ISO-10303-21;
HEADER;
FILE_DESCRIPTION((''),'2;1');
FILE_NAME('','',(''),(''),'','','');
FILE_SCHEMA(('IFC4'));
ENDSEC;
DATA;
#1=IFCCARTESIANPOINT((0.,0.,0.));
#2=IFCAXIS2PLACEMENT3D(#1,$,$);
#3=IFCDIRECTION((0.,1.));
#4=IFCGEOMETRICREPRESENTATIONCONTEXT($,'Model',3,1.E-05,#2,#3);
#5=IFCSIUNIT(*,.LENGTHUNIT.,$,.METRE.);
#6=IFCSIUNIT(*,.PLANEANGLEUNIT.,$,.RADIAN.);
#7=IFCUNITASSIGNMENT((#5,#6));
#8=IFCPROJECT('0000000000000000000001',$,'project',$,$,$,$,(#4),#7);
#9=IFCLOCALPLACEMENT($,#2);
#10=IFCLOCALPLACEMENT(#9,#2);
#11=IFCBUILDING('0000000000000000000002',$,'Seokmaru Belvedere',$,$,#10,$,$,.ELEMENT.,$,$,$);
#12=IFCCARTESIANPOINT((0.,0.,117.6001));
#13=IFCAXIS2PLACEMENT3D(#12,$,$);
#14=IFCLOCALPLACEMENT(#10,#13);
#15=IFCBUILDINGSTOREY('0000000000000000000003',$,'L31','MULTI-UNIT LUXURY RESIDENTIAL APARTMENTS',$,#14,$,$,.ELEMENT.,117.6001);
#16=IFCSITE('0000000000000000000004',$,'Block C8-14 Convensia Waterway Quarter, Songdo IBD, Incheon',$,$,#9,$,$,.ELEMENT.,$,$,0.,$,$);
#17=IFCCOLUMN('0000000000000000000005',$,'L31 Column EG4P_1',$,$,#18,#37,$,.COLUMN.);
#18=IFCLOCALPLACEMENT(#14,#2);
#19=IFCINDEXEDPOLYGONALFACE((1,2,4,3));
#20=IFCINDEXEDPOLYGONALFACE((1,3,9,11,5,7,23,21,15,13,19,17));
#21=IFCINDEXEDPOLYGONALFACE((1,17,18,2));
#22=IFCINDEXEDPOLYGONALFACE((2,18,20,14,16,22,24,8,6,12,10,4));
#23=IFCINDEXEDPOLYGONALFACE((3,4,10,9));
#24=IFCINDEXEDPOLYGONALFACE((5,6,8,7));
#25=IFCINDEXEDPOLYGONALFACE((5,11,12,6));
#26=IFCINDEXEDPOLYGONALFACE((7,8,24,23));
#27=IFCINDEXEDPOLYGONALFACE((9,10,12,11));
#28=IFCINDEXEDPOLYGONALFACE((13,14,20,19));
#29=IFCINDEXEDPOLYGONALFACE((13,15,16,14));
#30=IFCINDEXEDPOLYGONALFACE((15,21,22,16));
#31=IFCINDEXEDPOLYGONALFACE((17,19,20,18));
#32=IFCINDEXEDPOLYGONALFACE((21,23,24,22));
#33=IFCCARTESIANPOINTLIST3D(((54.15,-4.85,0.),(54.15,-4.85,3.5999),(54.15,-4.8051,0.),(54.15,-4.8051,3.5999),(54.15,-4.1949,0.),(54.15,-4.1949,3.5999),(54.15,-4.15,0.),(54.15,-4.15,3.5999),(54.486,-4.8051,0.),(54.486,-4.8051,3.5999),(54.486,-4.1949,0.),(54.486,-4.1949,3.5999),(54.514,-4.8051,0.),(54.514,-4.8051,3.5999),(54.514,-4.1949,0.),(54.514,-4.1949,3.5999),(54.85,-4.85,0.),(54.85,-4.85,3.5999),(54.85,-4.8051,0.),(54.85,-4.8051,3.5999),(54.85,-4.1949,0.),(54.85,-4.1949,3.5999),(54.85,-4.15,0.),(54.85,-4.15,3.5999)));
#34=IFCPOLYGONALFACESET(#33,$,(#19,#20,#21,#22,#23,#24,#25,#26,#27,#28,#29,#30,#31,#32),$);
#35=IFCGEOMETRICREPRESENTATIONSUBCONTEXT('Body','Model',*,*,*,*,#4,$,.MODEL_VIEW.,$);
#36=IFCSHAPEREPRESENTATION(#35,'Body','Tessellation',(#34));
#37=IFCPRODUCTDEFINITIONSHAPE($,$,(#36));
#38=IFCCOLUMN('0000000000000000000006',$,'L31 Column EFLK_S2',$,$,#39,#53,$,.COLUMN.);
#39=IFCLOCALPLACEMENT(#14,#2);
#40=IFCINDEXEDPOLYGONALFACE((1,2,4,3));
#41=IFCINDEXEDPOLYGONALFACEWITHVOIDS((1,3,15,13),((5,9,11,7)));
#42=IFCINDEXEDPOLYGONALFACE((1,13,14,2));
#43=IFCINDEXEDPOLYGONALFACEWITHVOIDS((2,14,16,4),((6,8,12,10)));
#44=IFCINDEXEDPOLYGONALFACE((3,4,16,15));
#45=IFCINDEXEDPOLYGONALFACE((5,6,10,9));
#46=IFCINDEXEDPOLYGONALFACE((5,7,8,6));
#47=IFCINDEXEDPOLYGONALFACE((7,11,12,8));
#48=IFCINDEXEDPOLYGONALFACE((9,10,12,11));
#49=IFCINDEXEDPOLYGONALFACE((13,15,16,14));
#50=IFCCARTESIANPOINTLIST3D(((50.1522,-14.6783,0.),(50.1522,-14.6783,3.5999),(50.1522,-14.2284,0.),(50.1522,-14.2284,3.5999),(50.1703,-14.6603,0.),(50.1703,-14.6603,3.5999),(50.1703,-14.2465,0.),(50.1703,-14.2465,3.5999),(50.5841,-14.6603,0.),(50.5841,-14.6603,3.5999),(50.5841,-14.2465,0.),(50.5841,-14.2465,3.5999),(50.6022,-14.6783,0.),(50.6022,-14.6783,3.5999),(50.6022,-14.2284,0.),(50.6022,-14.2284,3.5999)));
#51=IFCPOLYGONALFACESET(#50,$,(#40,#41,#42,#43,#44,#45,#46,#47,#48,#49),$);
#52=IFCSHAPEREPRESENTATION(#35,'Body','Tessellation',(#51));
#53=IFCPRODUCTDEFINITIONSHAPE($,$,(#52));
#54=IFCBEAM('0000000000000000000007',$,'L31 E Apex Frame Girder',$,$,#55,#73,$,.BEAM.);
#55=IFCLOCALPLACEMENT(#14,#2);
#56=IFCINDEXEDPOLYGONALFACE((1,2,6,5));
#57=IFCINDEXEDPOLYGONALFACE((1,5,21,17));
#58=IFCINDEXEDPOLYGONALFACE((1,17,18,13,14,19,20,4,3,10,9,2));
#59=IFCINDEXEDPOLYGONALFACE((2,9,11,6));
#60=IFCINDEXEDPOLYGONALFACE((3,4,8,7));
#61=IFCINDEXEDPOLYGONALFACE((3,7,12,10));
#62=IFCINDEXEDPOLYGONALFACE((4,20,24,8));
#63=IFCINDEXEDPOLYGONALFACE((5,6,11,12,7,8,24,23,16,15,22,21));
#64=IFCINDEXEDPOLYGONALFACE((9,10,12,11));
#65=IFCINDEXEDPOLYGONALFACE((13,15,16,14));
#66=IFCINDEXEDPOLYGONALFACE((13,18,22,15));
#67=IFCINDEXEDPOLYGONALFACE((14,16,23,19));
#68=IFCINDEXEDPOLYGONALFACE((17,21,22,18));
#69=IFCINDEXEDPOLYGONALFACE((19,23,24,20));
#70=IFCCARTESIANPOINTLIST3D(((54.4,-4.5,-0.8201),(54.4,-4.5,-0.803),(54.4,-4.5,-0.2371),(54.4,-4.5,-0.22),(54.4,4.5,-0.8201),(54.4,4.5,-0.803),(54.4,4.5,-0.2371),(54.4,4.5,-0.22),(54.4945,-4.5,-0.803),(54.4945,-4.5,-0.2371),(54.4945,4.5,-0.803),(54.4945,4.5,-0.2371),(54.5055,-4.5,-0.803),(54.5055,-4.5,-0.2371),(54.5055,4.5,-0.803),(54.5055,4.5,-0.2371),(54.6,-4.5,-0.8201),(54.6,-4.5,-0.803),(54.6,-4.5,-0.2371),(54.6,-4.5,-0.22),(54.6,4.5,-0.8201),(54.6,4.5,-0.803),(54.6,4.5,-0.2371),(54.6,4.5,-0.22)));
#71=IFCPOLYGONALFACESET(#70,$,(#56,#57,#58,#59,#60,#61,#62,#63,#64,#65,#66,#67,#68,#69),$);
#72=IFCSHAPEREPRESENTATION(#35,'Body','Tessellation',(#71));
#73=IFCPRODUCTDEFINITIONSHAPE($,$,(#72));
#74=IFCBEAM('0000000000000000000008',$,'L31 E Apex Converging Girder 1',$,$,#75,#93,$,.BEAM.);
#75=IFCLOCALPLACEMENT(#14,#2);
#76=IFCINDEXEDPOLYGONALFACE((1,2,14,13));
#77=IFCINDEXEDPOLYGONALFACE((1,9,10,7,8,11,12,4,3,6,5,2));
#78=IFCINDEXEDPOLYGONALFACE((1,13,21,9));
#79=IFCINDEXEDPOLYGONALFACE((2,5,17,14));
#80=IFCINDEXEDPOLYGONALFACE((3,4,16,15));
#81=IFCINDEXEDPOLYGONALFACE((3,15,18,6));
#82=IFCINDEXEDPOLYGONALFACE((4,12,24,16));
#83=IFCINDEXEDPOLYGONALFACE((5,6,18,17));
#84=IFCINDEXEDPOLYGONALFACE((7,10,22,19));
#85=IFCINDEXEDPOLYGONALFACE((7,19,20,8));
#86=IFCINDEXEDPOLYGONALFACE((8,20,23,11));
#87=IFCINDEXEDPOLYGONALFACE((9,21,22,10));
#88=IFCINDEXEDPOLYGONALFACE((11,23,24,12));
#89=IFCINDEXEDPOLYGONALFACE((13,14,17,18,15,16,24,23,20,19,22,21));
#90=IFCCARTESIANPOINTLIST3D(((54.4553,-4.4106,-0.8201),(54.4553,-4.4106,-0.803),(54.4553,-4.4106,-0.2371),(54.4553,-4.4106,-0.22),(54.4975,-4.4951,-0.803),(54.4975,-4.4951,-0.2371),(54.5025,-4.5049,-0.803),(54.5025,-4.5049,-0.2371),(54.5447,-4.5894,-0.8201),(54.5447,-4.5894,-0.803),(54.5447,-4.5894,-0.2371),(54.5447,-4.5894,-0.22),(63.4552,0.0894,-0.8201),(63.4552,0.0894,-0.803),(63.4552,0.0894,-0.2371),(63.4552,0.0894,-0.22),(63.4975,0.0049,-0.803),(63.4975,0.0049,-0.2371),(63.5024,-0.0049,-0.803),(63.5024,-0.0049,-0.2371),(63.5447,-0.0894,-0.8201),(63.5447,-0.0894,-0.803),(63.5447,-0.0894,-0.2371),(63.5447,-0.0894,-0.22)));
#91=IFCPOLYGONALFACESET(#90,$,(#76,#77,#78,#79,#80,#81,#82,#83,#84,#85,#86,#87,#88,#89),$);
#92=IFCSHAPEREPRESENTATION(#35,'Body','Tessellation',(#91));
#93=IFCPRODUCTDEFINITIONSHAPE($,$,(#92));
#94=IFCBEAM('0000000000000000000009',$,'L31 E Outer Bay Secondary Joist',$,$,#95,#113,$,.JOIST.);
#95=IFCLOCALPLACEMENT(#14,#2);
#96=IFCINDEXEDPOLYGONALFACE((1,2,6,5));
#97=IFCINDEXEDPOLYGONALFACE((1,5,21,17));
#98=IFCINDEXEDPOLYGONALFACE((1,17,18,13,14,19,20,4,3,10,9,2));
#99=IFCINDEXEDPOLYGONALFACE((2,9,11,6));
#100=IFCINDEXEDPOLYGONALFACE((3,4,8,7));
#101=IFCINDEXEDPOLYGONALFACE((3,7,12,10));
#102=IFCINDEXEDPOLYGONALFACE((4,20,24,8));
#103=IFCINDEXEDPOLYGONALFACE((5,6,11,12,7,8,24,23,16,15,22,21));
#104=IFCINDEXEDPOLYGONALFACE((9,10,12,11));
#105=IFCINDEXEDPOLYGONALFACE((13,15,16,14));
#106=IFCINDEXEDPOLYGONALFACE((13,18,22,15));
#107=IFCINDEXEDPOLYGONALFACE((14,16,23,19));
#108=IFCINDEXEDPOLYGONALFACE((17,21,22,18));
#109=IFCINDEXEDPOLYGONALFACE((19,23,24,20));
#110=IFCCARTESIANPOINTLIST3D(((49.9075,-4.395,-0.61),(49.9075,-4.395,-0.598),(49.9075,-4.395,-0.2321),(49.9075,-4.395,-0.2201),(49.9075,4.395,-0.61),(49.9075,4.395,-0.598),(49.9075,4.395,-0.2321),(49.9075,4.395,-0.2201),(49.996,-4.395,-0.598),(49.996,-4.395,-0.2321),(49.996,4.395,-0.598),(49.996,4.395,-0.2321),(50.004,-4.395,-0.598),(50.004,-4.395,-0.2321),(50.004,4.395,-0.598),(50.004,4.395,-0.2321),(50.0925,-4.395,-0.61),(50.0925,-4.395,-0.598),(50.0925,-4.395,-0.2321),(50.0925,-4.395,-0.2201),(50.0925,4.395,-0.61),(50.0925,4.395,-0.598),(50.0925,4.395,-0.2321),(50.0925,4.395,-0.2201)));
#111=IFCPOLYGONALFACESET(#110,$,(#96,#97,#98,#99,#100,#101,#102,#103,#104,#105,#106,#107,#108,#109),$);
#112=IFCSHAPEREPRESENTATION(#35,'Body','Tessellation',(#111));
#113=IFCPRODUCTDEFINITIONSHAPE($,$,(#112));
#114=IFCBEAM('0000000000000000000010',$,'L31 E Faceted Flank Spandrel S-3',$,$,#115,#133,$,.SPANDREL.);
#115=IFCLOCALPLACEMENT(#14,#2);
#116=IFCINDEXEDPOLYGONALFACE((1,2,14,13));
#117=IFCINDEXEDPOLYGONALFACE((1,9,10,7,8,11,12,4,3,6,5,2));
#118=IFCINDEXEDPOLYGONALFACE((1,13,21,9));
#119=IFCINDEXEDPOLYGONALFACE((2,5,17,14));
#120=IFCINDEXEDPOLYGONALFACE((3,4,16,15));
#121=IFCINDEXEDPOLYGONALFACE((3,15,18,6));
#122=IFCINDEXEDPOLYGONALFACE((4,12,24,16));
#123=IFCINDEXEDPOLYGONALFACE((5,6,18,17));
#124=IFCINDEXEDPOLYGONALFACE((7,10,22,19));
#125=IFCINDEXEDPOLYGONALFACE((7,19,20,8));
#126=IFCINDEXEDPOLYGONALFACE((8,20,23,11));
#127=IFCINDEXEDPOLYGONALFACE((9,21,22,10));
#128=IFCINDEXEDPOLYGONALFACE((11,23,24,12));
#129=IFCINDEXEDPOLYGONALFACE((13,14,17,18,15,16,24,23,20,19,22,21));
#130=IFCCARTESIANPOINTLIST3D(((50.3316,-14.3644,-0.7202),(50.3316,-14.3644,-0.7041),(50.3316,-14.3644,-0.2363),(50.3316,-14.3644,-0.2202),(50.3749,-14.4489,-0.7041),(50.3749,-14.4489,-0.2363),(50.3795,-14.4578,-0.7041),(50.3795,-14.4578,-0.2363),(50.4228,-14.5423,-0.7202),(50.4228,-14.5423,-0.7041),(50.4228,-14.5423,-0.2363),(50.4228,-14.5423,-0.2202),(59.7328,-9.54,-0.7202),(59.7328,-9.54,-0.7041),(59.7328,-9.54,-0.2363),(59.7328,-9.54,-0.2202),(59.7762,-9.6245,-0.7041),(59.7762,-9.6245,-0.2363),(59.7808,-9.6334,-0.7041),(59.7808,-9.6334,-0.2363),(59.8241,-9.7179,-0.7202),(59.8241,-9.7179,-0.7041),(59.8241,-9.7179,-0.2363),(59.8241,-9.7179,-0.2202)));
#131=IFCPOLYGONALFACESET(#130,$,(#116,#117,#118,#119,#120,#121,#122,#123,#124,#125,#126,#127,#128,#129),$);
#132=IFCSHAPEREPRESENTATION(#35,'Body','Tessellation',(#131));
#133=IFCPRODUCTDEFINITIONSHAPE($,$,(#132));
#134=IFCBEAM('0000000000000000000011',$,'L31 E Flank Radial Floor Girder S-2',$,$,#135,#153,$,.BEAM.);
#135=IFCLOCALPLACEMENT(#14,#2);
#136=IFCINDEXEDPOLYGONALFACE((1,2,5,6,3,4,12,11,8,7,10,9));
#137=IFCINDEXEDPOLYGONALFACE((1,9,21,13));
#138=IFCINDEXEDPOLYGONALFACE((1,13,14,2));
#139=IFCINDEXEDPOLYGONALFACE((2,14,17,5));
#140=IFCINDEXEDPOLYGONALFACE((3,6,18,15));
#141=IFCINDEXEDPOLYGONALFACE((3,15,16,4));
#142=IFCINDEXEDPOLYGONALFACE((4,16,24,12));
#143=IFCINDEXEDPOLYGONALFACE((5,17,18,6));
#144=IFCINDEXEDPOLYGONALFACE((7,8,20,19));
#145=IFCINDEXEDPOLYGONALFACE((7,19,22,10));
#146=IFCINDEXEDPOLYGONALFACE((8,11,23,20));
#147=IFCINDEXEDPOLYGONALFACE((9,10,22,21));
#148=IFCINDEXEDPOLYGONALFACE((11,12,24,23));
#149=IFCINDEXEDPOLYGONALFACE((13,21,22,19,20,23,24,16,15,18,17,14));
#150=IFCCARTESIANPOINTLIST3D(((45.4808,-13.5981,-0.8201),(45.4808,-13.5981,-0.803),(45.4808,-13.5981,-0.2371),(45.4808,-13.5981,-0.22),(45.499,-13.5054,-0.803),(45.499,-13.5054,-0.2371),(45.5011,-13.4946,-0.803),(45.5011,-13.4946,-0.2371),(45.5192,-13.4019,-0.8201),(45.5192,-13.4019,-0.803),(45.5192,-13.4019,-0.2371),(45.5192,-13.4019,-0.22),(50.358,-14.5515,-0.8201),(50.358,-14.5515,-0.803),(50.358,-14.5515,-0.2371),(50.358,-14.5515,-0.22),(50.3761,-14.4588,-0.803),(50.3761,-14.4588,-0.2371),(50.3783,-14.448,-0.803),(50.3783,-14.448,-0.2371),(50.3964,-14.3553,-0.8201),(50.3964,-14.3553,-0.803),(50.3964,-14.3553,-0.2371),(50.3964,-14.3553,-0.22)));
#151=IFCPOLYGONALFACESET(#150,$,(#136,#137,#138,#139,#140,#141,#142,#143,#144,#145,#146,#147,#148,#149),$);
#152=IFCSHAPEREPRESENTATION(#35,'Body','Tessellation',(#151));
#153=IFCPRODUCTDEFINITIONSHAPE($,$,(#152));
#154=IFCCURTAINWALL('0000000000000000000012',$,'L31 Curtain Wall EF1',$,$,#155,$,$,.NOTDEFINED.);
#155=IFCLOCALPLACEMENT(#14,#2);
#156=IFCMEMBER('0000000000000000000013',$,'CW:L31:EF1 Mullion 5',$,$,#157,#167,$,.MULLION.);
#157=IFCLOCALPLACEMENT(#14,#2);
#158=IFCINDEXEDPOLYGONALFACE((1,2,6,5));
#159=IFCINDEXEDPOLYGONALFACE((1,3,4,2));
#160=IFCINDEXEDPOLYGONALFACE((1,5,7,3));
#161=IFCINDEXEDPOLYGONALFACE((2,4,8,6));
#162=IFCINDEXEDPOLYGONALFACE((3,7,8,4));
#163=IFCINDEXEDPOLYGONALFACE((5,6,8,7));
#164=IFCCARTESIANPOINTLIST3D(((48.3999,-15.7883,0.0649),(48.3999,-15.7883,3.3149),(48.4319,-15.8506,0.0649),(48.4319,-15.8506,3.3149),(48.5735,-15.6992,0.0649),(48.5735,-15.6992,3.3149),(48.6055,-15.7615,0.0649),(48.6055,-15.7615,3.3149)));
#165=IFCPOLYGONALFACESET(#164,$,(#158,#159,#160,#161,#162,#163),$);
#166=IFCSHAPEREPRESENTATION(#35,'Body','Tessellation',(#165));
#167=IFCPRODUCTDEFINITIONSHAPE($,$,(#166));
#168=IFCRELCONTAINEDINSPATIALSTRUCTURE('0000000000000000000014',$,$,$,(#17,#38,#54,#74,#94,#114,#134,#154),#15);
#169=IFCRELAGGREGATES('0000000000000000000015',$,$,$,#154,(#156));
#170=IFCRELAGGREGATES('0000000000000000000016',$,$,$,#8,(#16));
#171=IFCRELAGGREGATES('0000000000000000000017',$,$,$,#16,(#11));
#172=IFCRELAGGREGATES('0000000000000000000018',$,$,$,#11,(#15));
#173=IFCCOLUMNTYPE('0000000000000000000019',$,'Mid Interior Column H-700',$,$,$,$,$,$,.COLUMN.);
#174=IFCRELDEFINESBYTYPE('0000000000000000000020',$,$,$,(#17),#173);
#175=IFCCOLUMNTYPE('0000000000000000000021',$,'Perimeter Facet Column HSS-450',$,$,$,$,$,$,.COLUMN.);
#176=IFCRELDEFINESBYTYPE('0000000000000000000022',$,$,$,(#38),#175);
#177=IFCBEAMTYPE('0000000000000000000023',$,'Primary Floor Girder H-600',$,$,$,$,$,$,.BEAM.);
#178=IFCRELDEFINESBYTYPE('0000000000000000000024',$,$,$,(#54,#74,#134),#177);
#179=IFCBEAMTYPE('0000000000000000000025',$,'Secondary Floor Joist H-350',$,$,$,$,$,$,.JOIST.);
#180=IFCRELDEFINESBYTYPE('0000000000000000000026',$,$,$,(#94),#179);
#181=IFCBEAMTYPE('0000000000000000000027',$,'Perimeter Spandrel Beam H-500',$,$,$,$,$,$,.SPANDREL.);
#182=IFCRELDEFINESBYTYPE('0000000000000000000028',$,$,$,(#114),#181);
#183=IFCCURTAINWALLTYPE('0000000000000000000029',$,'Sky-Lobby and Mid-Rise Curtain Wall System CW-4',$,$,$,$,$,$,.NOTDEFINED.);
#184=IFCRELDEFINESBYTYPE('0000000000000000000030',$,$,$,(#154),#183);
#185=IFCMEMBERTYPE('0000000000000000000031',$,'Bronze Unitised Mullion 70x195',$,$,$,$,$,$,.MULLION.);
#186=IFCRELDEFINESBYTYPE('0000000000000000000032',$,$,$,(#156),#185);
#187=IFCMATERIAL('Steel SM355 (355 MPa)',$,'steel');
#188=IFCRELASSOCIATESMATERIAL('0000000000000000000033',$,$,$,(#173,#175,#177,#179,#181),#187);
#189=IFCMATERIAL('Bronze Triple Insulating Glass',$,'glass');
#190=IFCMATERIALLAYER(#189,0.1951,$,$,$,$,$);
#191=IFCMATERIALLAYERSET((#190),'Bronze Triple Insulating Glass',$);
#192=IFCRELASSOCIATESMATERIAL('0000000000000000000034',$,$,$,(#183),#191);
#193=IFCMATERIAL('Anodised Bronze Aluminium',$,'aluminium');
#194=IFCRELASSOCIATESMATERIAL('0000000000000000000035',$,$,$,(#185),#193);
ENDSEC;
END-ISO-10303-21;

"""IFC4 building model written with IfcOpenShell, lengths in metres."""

from ifc_helpers import new_model, si_unit, direction, frame, origin, origin_2d, place, context, subcontext, project, spatial, rectangle, hollow_rectangle, i_section, extrude, source, transform, mapped, material, layer, layer_set, material_profile, profile_set, type_object, type_shapes, element, aggregate, save


model = new_model("IFC4")

# Units and contexts
model_context = context("Model", 3, precision=1e-05, world=origin(), true_north=direction((0.0, 1.0)))
body_context = subcontext(model_context, "Body", "Model", "MODEL_VIEW")
ifc_project = project(units=[si_unit("LENGTHUNIT", "METRE"), si_unit("PLANEANGLEUNIT", "RADIAN")], contexts=[model_context])

# Site, building, storey
site_placement = place(None, origin())
site = spatial("IfcSite", under=ifc_project, at=site_placement, Name="Block C8-14 Convensia Waterway Quarter, Songdo IBD, Incheon", CompositionType="ELEMENT", RefElevation=0.0)
building_placement = place(site_placement, origin())
building = spatial("IfcBuilding", under=site, at=building_placement, Name="Seokmaru Belvedere", CompositionType="ELEMENT")
storey_placement = place(building_placement, frame((0.0, 0.0, 117.6001)))
storey = spatial("IfcBuildingStorey", under=building, at=storey_placement, Name="L31", Description="MULTI-UNIT LUXURY RESIDENTIAL APARTMENTS", CompositionType="ELEMENT", Elevation=117.6001)

# Columns
ifc_material_1 = material(Name="Steel SM355 (355 MPa)", Category="steel")
ifc_material_profile_1 = material_profile(ifc_material_1, i_section(OverallWidth=0.7, OverallDepth=0.7, WebThickness=0.0281, FlangeThickness=0.0449, at=origin_2d()), Name="H-700x700x28x45")
ifc_profile_set_1 = profile_set([ifc_material_profile_1], Name="Steel SM355 (355 MPa)")
column_type_1 = type_object("IfcColumnType", Name="Mid Interior Column H-700", PredefinedType="COLUMN", material=ifc_profile_set_1)
shared_shape_1 = source(origin(), body_context, "Body", "SweptSolid", [
    extrude(i_section(OverallWidth=0.7, OverallDepth=0.7, WebThickness=0.0281, FlangeThickness=0.0449, at=origin_2d()), origin(), (0.0, 0.0, 1.0), 3.5999),
])
type_shapes(column_type_1, [shared_shape_1])
column_1_placement = place(storey_placement, frame((54.5, -4.5, 0.0), z_axis=(0.0, 0.0, 1.0), x_axis=(1.0, 0.0, 0.0)))
element("IfcColumn", 1, at=column_1_placement, inside=storey, type_object=column_type_1, Name="L31 Column EG4P_1", PredefinedType="COLUMN", context=body_context, shape_type="MappedRepresentation", body=[
    mapped(shared_shape_1, transform((0.0, 0.0, 0.0), scale=1.0)),
])
ifc_material_profile_2 = material_profile(ifc_material_1, hollow_rectangle(XDim=0.45, YDim=0.45, WallThickness=0.0181, at=origin_2d()), Name="HSS-450x450x18")
ifc_profile_set_2 = profile_set([ifc_material_profile_2], Name="Steel SM355 (355 MPa)")
column_type_2 = type_object("IfcColumnType", Name="Perimeter Facet Column HSS-450", PredefinedType="COLUMN", material=ifc_profile_set_2)
shared_shape_2 = source(origin(), body_context, "Body", "SweptSolid", [
    extrude(hollow_rectangle(XDim=0.45, YDim=0.45, WallThickness=0.0181, at=origin_2d()), origin(), (0.0, 0.0, 1.0), 3.5999),
])
type_shapes(column_type_2, [shared_shape_2])
column_2_placement = place(storey_placement, frame((50.3772, -14.4534, 0.0), z_axis=(0.0, 0.0, 1.0), x_axis=(1.0, 0.0, 0.0)))
element("IfcColumn", 2, at=column_2_placement, inside=storey, type_object=column_type_2, Name="L31 Column EFLK_S2", PredefinedType="COLUMN", context=body_context, shape_type="MappedRepresentation", body=[
    mapped(shared_shape_2, transform((0.0, 0.0, 0.0), scale=1.0)),
])

# Beams
ifc_material_profile_3 = material_profile(ifc_material_1, i_section(OverallWidth=0.2, OverallDepth=0.6001, WebThickness=0.011, FlangeThickness=0.0171, at=origin_2d()), Name="H-600x200x11x17")
ifc_profile_set_3 = profile_set([ifc_material_profile_3], Name="Steel SM355 (355 MPa)")
beam_type_1 = type_object("IfcBeamType", Name="Primary Floor Girder H-600", PredefinedType="BEAM", material=ifc_profile_set_3)
shared_shape_3 = source(origin(), body_context, "Body", "SweptSolid", [
    extrude(i_section(OverallWidth=0.2, OverallDepth=0.6001, WebThickness=0.011, FlangeThickness=0.0171, at=origin_2d()), origin(), (0.0, 0.0, 1.0), 9.0),
])
beam_1_placement = place(storey_placement, frame((54.5, -4.5, -0.52), z_axis=(0.0, 1.0, 0.0), x_axis=(-1.0, 0.0, 0.0)))
element("IfcBeam", 3, at=beam_1_placement, inside=storey, type_object=beam_type_1, Name="L31 E Apex Frame Girder", PredefinedType="BEAM", context=body_context, shape_type="MappedRepresentation", body=[
    mapped(shared_shape_3, transform((0.0, 0.0, 0.0), scale=1.0)),
])
shared_shape_4 = source(origin(), body_context, "Body", "SweptSolid", [
    extrude(i_section(OverallWidth=0.2, OverallDepth=0.6001, WebThickness=0.011, FlangeThickness=0.0171, at=origin_2d()), origin(), (0.0, 0.0, 1.0), 10.0623),
])
beam_2_placement = place(storey_placement, frame((54.5, -4.5, -0.52), z_axis=(0.894427, 0.447214, 0.0), x_axis=(-0.447214, 0.894427, 0.0)))
element("IfcBeam", 4, at=beam_2_placement, inside=storey, type_object=beam_type_1, Name="L31 E Apex Converging Girder 1", PredefinedType="BEAM", context=body_context, shape_type="MappedRepresentation", body=[
    mapped(shared_shape_4, transform((0.0, 0.0, 0.0), scale=1.0)),
])
ifc_material_profile_4 = material_profile(ifc_material_1, i_section(OverallWidth=0.1851, OverallDepth=0.3899, WebThickness=0.0081, FlangeThickness=0.012, at=origin_2d()), Name="H-390x185x8x12")
ifc_profile_set_4 = profile_set([ifc_material_profile_4], Name="Steel SM355 (355 MPa)")
beam_type_2 = type_object("IfcBeamType", Name="Secondary Floor Joist H-350", PredefinedType="JOIST", material=ifc_profile_set_4)
shared_shape_5 = source(origin(), body_context, "Body", "SweptSolid", [
    extrude(i_section(OverallWidth=0.1851, OverallDepth=0.3899, WebThickness=0.0081, FlangeThickness=0.012, at=origin_2d()), origin(), (0.0, 0.0, 1.0), 8.79),
])
type_shapes(beam_type_2, [shared_shape_5])
beam_3_placement = place(storey_placement, frame((50.0, -4.395, -0.415), z_axis=(0.0, 1.0, 0.0), x_axis=(-1.0, 0.0, 0.0)))
element("IfcBeam", 5, at=beam_3_placement, inside=storey, type_object=beam_type_2, Name="L31 E Outer Bay Secondary Joist", PredefinedType="JOIST", context=body_context, shape_type="MappedRepresentation", body=[
    mapped(shared_shape_5, transform((0.0, 0.0, 0.0), scale=1.0)),
])
ifc_material_profile_5 = material_profile(ifc_material_1, i_section(OverallWidth=0.2, OverallDepth=0.5, WebThickness=0.01, FlangeThickness=0.0161, at=origin_2d()), Name="H-500x200x10x16")
ifc_profile_set_5 = profile_set([ifc_material_profile_5], Name="Steel SM355 (355 MPa)")
beam_type_3 = type_object("IfcBeamType", Name="Perimeter Spandrel Beam H-500", PredefinedType="SPANDREL", material=ifc_profile_set_5)
shared_shape_6 = source(origin(), body_context, "Body", "SweptSolid", [
    extrude(i_section(OverallWidth=0.2, OverallDepth=0.5, WebThickness=0.01, FlangeThickness=0.0161, at=origin_2d()), origin(), (0.0, 0.0, 1.0), 10.5669),
])
type_shapes(beam_type_3, [shared_shape_6])
beam_4_placement = place(storey_placement, frame((50.3772, -14.4534, -0.4702), z_axis=(0.889693, 0.45656, 0.0), x_axis=(-0.45656, 0.889693, 0.0)))
element("IfcBeam", 6, at=beam_4_placement, inside=storey, type_object=beam_type_3, Name="L31 E Faceted Flank Spandrel S-3", PredefinedType="SPANDREL", context=body_context, shape_type="MappedRepresentation", body=[
    mapped(shared_shape_6, transform((0.0, 0.0, 0.0), scale=1.0)),
])
shared_shape_7 = source(origin(), body_context, "Body", "SweptSolid", [
    extrude(i_section(OverallWidth=0.2, OverallDepth=0.6001, WebThickness=0.011, FlangeThickness=0.0171, at=origin_2d()), origin(), (0.0, 0.0, 1.0), 4.9695),
])
type_shapes(beam_type_1, [shared_shape_3, shared_shape_4, shared_shape_7])
beam_5_placement = place(storey_placement, frame((50.3772, -14.4534, -0.52), z_axis=(-0.981425, 0.191844, 0.0), x_axis=(-0.191844, -0.981425, 0.0)))
element("IfcBeam", 7, at=beam_5_placement, inside=storey, type_object=beam_type_1, Name="L31 E Flank Radial Floor Girder S-2", PredefinedType="BEAM", context=body_context, shape_type="MappedRepresentation", body=[
    mapped(shared_shape_7, transform((0.0, 0.0, 0.0), scale=1.0)),
])

# Curtain wall, member
ifc_material_2 = material(Name="Bronze Triple Insulating Glass", Category="glass")
ifc_layer_1 = layer(ifc_material_2, 0.1951)
ifc_layer_set_1 = layer_set([ifc_layer_1], Name="Bronze Triple Insulating Glass")
curtain_wall_type = type_object("IfcCurtainWallType", Name="Sky-Lobby and Mid-Rise Curtain Wall System CW-4", PredefinedType="NOTDEFINED", material=ifc_layer_set_1)
curtain_wall_placement = place(storey_placement, origin())
curtain_wall = element("IfcCurtainWall", 8, at=curtain_wall_placement, inside=storey, type_object=curtain_wall_type, Name="L31 Curtain Wall EF1", PredefinedType="NOTDEFINED")
ifc_material_3 = material(Name="Anodised Bronze Aluminium", Category="aluminium")
ifc_material_profile_6 = material_profile(ifc_material_3, rectangle(XDim=0.0701, YDim=0.1951, at=origin_2d()), Name="CW-M-70x195")
ifc_profile_set_6 = profile_set([ifc_material_profile_6], Name="Anodised Bronze Aluminium")
member_type = type_object("IfcMemberType", Name="Bronze Unitised Mullion 70x195", PredefinedType="MULLION", material=ifc_profile_set_6)
shared_shape_8 = source(origin(), body_context, "Body", "SweptSolid", [
    extrude(rectangle(XDim=0.0701, YDim=0.1951, at=origin_2d()), origin(), (0.0, 0.0, 1.0), 3.25),
])
type_shapes(member_type, [shared_shape_8])
member_1_placement = place(storey_placement, frame((48.5027, -15.7749, 0.0649), z_axis=(0.0, 0.0, 1.0), x_axis=(-0.456555, 0.889695, 0.0)))
member_1 = element("IfcMember", 9, at=member_1_placement, type_object=member_type, Name="CW:L31:EF1 Mullion 5", PredefinedType="MULLION", context=body_context, shape_type="MappedRepresentation", body=[
    mapped(shared_shape_8, transform((0.0, 0.0, 0.0), scale=1.0)),
])
aggregate(curtain_wall, [member_1])

save(model, "model.ifc")
